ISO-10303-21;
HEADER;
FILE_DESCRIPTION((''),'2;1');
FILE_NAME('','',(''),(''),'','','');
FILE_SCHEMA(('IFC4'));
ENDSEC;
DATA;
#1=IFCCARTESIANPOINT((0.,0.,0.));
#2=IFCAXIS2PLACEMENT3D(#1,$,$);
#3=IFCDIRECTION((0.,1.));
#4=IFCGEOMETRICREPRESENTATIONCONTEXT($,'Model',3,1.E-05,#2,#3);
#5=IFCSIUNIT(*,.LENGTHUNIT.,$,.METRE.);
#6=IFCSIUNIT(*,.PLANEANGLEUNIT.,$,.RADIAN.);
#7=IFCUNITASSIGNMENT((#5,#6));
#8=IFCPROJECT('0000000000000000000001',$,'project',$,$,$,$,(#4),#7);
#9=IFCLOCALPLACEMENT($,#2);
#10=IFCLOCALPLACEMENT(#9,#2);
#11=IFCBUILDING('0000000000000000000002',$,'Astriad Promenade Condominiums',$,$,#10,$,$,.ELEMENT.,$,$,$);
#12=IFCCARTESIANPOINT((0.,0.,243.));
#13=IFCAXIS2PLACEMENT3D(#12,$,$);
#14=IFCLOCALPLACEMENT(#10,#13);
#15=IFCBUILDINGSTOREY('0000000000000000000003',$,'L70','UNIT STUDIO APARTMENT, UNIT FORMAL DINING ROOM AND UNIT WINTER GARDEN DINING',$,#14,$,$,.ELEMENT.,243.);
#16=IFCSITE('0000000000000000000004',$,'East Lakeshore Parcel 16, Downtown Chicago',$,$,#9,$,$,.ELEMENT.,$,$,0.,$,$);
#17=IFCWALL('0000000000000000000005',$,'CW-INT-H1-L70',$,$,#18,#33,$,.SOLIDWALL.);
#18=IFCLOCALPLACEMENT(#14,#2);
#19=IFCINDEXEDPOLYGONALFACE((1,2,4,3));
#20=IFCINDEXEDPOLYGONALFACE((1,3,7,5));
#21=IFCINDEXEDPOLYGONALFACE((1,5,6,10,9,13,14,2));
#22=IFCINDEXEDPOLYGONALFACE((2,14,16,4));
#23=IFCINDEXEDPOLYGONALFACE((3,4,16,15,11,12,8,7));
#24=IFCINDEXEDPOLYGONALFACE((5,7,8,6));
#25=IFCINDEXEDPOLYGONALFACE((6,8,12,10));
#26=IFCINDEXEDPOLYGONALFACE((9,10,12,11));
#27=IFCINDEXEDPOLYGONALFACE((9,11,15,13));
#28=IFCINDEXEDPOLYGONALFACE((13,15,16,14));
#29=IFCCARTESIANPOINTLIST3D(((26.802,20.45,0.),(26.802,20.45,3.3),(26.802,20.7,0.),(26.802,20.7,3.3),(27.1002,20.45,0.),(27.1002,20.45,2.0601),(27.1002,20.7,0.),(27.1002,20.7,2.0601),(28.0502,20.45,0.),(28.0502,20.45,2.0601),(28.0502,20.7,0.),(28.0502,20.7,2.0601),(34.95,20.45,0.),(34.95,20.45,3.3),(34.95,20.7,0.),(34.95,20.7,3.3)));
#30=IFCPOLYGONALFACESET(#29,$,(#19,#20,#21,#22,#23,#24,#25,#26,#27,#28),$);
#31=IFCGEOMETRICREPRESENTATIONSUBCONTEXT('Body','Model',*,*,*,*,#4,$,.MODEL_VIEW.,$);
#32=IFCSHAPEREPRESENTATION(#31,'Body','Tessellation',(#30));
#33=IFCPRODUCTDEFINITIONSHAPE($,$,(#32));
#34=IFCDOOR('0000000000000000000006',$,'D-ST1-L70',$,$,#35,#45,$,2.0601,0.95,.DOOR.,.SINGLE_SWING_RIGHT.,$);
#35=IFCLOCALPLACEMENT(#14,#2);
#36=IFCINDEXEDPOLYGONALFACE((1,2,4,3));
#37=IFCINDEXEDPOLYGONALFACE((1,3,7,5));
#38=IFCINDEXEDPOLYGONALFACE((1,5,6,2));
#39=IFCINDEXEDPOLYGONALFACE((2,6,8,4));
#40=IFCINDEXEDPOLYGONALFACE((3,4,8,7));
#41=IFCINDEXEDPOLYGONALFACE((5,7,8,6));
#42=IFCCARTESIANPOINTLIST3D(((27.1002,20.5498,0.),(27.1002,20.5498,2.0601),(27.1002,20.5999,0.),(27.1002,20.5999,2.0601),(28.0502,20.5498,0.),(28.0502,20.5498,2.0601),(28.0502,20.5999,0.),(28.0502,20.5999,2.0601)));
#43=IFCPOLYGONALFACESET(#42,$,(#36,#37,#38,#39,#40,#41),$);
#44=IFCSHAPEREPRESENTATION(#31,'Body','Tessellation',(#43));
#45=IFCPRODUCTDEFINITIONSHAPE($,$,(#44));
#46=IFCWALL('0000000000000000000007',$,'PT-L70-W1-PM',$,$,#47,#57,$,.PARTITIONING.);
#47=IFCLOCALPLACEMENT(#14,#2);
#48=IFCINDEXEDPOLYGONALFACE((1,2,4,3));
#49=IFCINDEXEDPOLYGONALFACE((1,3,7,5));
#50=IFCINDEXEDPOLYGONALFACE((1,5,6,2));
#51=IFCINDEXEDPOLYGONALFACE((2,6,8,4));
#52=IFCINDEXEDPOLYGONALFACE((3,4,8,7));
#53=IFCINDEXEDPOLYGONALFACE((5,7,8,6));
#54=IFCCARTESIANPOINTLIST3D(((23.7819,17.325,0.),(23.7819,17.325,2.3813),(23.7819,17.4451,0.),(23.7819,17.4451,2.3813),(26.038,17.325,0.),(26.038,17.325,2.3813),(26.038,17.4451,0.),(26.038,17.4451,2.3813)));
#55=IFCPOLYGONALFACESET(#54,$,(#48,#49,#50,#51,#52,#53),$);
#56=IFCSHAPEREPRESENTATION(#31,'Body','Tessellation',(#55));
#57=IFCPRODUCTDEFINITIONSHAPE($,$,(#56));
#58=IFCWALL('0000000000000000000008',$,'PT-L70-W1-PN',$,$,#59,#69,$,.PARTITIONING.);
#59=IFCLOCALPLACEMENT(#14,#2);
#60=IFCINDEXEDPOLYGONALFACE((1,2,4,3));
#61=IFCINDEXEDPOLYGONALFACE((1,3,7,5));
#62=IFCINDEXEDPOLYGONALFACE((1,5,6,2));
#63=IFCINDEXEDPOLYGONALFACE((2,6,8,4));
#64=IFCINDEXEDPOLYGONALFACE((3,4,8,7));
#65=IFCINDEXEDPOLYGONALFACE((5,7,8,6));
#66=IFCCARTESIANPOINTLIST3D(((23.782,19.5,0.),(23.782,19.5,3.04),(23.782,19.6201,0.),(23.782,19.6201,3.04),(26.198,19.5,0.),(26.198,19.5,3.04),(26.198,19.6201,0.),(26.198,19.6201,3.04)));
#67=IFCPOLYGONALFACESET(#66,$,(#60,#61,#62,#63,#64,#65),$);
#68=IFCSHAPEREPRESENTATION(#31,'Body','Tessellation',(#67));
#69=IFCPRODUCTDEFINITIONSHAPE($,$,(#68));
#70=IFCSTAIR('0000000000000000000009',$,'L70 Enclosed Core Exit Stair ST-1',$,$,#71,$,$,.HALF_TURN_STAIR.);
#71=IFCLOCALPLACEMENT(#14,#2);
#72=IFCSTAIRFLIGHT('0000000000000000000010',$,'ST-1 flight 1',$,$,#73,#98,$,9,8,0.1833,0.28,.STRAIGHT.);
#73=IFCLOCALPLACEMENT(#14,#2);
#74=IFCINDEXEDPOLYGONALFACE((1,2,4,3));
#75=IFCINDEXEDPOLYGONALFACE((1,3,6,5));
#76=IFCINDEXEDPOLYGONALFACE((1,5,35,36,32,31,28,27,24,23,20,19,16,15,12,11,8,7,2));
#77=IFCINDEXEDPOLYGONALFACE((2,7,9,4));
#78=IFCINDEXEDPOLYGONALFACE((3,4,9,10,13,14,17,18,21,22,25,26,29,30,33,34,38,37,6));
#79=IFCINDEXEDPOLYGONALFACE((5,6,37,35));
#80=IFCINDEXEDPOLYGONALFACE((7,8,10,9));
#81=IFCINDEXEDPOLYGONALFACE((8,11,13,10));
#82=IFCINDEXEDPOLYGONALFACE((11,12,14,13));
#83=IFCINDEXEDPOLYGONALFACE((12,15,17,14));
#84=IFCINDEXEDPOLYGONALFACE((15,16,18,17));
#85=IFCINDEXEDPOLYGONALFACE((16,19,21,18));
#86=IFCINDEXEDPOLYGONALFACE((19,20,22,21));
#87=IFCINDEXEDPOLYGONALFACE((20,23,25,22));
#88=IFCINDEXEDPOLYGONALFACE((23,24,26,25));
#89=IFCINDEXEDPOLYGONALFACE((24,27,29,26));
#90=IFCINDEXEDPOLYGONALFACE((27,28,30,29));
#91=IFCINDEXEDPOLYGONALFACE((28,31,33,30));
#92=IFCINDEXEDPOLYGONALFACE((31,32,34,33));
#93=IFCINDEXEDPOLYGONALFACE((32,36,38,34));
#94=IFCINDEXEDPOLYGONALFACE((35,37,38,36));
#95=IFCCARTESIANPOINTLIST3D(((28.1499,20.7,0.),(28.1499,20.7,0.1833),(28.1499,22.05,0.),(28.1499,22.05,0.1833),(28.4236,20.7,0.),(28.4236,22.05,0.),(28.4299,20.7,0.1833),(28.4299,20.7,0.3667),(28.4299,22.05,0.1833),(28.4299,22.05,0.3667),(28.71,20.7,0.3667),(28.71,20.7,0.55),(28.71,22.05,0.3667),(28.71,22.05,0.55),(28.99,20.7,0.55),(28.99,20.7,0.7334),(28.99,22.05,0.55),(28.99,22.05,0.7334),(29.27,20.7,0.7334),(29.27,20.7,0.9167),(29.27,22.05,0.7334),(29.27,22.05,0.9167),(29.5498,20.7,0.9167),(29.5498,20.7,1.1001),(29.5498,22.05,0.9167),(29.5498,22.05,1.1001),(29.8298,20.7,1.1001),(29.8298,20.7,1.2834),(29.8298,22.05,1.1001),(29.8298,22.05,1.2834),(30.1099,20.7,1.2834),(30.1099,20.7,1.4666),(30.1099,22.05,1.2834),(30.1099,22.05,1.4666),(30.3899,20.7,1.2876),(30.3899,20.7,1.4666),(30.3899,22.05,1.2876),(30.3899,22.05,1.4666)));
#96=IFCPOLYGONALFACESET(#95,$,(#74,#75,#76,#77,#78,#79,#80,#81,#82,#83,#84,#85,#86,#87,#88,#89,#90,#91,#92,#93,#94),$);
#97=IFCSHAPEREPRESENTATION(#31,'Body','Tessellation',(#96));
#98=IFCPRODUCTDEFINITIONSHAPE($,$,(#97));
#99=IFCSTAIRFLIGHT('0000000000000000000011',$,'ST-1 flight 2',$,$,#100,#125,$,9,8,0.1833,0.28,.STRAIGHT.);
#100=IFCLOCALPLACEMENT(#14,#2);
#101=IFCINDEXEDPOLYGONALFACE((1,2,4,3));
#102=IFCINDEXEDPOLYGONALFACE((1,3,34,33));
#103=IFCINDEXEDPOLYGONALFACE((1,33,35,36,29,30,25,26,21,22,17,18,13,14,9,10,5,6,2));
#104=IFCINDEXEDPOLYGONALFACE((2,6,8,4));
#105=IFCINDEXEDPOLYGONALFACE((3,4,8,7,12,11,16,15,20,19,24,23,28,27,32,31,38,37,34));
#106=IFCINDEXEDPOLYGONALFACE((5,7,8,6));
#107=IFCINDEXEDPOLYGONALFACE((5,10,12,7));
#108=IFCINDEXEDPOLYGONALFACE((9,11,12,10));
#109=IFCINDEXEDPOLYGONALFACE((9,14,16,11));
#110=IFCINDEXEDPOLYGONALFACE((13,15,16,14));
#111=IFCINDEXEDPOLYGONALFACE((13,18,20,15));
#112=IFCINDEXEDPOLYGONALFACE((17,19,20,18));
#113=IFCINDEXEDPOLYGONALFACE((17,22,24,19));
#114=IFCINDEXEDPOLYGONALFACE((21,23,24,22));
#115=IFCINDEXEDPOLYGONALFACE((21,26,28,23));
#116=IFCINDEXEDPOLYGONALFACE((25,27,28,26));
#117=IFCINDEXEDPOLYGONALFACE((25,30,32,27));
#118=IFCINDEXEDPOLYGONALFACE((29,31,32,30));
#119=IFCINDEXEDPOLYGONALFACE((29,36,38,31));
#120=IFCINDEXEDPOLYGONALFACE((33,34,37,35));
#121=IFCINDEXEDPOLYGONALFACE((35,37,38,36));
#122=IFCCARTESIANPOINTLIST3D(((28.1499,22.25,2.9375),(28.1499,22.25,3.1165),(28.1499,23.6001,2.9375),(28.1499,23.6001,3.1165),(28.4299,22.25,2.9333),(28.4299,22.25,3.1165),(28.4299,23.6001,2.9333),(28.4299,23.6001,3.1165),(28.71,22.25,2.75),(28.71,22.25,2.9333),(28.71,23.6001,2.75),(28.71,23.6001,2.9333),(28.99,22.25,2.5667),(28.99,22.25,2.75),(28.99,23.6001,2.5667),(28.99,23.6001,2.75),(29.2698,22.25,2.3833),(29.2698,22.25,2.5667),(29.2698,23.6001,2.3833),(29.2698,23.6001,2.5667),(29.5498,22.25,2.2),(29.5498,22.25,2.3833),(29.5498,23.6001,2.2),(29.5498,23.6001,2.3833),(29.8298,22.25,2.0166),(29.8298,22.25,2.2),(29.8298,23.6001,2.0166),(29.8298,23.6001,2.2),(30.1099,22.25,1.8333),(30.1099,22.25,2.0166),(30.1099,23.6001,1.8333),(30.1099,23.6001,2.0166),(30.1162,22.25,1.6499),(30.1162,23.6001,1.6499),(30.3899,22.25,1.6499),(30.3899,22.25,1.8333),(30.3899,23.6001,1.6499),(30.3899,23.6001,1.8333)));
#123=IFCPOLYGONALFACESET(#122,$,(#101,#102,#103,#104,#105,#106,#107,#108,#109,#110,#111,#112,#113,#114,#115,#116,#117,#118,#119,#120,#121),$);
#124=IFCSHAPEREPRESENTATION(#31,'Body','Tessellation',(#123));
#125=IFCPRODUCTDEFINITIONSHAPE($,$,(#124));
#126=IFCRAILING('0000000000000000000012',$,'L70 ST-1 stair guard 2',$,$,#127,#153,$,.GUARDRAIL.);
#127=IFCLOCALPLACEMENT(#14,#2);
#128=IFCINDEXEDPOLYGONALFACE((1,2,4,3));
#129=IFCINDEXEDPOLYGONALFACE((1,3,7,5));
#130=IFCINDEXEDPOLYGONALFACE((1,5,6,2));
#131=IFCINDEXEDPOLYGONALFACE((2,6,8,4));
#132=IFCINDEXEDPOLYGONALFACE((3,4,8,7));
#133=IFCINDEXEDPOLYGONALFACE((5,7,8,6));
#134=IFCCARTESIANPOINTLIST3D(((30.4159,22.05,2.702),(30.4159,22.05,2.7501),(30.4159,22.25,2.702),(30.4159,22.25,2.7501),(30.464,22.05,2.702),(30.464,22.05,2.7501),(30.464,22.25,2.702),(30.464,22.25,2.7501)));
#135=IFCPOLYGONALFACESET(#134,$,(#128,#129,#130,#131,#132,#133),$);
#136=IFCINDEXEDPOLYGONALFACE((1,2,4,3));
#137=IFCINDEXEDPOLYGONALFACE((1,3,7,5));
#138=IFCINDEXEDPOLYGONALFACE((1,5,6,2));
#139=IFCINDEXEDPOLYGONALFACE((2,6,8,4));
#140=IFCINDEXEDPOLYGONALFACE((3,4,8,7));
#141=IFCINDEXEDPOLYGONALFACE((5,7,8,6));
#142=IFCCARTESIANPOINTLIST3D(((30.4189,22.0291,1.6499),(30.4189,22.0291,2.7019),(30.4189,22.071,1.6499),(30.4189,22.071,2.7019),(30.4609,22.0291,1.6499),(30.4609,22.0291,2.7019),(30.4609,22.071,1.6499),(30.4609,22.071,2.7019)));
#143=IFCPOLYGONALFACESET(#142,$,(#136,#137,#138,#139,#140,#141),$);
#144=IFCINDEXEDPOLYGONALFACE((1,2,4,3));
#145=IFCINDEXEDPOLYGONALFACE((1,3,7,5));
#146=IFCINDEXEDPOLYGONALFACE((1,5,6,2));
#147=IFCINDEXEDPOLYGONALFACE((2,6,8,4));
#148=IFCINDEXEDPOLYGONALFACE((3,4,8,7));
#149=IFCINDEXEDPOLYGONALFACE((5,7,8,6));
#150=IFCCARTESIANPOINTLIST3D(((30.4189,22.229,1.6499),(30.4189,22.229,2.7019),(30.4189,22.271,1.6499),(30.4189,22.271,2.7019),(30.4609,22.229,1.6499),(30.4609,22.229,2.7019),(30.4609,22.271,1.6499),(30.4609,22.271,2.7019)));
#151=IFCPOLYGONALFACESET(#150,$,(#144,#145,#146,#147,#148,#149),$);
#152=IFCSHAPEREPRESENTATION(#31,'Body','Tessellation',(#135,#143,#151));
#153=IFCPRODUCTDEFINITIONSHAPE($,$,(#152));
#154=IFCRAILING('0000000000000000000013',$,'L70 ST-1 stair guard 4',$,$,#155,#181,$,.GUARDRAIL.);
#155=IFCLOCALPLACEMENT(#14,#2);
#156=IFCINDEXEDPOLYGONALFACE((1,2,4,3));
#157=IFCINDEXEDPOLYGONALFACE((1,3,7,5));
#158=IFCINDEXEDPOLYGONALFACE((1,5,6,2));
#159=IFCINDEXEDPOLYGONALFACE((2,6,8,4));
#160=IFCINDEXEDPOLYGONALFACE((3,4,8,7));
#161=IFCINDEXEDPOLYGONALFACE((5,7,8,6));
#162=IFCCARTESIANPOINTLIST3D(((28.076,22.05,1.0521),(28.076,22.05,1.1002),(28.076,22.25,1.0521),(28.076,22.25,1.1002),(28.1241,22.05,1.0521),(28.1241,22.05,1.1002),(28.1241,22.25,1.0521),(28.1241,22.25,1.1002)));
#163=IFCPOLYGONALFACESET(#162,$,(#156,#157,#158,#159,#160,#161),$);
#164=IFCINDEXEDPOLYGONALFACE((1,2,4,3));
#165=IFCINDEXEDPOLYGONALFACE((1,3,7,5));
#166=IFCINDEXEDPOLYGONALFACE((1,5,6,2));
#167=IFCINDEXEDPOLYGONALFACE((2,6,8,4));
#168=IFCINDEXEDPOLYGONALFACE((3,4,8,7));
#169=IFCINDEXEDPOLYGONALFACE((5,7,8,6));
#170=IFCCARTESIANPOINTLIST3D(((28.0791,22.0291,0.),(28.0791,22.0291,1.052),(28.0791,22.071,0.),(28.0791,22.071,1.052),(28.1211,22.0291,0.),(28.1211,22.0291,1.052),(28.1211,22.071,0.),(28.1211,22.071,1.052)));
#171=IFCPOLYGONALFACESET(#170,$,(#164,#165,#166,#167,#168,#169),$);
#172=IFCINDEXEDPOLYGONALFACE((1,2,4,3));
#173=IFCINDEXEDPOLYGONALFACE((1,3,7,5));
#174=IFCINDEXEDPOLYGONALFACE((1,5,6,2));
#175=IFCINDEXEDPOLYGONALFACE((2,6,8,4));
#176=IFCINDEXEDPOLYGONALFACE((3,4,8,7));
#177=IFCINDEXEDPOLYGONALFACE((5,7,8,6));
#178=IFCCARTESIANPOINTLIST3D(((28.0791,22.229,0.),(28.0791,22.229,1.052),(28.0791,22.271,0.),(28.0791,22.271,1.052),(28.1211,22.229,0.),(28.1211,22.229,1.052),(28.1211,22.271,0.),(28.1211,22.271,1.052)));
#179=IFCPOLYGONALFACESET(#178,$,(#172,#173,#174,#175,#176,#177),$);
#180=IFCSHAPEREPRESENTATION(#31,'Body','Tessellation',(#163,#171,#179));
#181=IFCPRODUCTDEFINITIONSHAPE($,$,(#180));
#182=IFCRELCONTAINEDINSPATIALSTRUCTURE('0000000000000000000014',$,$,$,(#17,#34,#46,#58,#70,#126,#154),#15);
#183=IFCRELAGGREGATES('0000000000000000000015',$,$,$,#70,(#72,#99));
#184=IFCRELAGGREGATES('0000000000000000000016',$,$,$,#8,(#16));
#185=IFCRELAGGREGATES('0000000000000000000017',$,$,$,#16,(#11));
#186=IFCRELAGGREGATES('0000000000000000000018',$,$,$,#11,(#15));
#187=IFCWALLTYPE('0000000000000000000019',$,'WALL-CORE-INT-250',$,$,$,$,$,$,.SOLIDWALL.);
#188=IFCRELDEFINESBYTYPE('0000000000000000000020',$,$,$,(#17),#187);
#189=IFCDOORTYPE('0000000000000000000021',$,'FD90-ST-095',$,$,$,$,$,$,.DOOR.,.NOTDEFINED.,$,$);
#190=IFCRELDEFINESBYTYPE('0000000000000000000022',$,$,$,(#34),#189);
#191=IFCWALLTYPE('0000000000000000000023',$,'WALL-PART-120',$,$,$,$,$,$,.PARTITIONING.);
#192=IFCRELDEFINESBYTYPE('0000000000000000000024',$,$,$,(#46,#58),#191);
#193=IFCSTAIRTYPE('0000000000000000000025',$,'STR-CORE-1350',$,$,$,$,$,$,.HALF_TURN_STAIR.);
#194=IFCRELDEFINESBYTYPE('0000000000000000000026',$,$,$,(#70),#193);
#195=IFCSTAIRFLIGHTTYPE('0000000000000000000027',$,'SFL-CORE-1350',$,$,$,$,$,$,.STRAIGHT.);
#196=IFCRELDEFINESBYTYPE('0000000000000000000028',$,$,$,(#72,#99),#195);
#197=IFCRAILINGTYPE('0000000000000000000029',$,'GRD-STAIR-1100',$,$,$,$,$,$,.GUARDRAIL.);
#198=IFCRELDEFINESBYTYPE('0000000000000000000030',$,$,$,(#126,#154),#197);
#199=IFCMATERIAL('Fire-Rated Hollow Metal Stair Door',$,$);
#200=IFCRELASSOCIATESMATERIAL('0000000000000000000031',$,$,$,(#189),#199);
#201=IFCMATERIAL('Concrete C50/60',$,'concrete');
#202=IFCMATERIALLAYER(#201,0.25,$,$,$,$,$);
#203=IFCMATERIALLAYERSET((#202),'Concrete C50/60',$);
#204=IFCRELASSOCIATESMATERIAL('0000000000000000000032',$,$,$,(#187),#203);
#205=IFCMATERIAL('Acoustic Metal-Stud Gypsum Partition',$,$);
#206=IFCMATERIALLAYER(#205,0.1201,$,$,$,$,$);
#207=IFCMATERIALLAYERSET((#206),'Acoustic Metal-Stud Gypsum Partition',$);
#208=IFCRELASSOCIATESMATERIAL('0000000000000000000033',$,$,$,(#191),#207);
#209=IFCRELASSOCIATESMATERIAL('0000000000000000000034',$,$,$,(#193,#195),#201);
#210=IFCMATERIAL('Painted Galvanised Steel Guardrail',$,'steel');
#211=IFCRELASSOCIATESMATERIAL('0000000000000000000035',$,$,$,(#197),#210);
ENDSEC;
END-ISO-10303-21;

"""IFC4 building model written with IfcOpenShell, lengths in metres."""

from ifc_helpers import new_model, si_unit, direction, frame, frame_2d, origin, origin_2d, place, context, subcontext, project, spatial, polyline, rectangle, outline, extrude, source, transform, mapped, material, layer, layer_set, type_object, type_shapes, element, fill, aggregate, save


model = new_model("IFC4")

# Units and contexts
model_context = context("Model", 3, precision=1e-05, world=origin(), true_north=direction((0.0, 1.0)))
body_context = subcontext(model_context, "Body", "Model", "MODEL_VIEW")
ifc_project = project(units=[si_unit("LENGTHUNIT", "METRE"), si_unit("PLANEANGLEUNIT", "RADIAN")], contexts=[model_context])

# Site, building, storey
site_placement = place(None, origin())
site = spatial("IfcSite", under=ifc_project, at=site_placement, Name="East Lakeshore Parcel 16, Downtown Chicago", CompositionType="ELEMENT", RefElevation=0.0)
building_placement = place(site_placement, origin())
building = spatial("IfcBuilding", under=site, at=building_placement, Name="Astriad Promenade Condominiums", CompositionType="ELEMENT")
storey_placement = place(building_placement, frame((0.0, 0.0, 243.0)))
storey = spatial("IfcBuildingStorey", under=building, at=storey_placement, Name="L70", Description="UNIT STUDIO APARTMENT, UNIT FORMAL DINING ROOM AND UNIT WINTER GARDEN DINING", CompositionType="ELEMENT", Elevation=243.0)

# Shared definitions
ifc_material_1 = material(Name="Concrete C50/60", Category="concrete")
ifc_material_2 = material(Name="Fire-Rated Hollow Metal Stair Door")
door_type_1 = type_object("IfcDoorType", Name="FD90-ST-095", OperationType="NOTDEFINED", PredefinedType="DOOR", material=ifc_material_2)
shared_shape_1 = source(origin(), body_context, "Body", "SweptSolid", [
    extrude(rectangle(XDim=0.95, YDim=2.0601, at=frame_2d((0.4751, 1.03))), frame((0.0, 0.0249, 0.0), z_axis=(0.0, -1.0, 0.0), x_axis=(1.0, 0.0, 0.0)), (0.0, 0.0, 1.0), 0.05),
])
type_shapes(door_type_1, [shared_shape_1])

# Wall, opening, door
ifc_layer_1 = layer(ifc_material_1, 0.25)
ifc_layer_set_1 = layer_set([ifc_layer_1], Name="Concrete C50/60")
wall_type_1 = type_object("IfcWallType", Name="WALL-CORE-INT-250", PredefinedType="SOLIDWALL", material=ifc_layer_set_1)
wall_1_placement = place(storey_placement, frame((26.802, 20.575, 0.0), z_axis=(0.0, 0.0, 1.0), x_axis=(1.0, 0.0, 0.0)))
wall_1 = element("IfcWall", 1, at=wall_1_placement, inside=storey, type_object=wall_type_1, Name="CW-INT-H1-L70", PredefinedType="SOLIDWALL", context=body_context, shape_type="SweptSolid", body=[
    extrude(rectangle(XDim=8.1479, YDim=0.25, at=frame_2d((4.074, 0.0))), origin(), (0.0, 0.0, 1.0), 3.3),
])
opening_1_placement = place(wall_1_placement, frame((0.2981, 0.0, 0.0)))
opening_1 = element("IfcOpeningElement", 2, at=opening_1_placement, cuts=wall_1, PredefinedType="OPENING", context=body_context, shape_type="SweptSolid", body=[
    extrude(rectangle(XDim=0.95, YDim=2.0601, at=frame_2d((0.4751, 1.03))), frame((0.0, 0.135, 0.0), z_axis=(0.0, -1.0, 0.0), x_axis=(1.0, 0.0, 0.0)), (0.0, 0.0, 1.0), 0.27),
])
door_1_placement = place(opening_1_placement, origin())
door_1 = element("IfcDoor", 3, at=door_1_placement, inside=storey, type_object=door_type_1, Name="D-ST1-L70", OperationType="SINGLE_SWING_RIGHT", OverallHeight=2.0601, OverallWidth=0.95, PredefinedType="DOOR", context=body_context, shape_type="MappedRepresentation", body=[
    mapped(shared_shape_1, transform((0.0, 0.0, 0.0), scale=1.0)),
])
fill(opening_1, door_1)

# Walls
ifc_material_3 = material(Name="Acoustic Metal-Stud Gypsum Partition")
ifc_layer_2 = layer(ifc_material_3, 0.1201)
ifc_layer_set_2 = layer_set([ifc_layer_2], Name="Acoustic Metal-Stud Gypsum Partition")
wall_type_2 = type_object("IfcWallType", Name="WALL-PART-120", PredefinedType="PARTITIONING", material=ifc_layer_set_2)
wall_2_placement = place(storey_placement, frame((23.782, 17.385, 0.0), z_axis=(0.0, 0.0, 1.0), x_axis=(1.0, 0.0, 0.0)))
element("IfcWall", 4, at=wall_2_placement, inside=storey, type_object=wall_type_2, Name="PT-L70-W1-PM", PredefinedType="PARTITIONING", context=body_context, shape_type="SweptSolid", body=[
    extrude(rectangle(XDim=2.2561, YDim=0.1201, at=frame_2d((1.1279, 0.0))), origin(), (0.0, 0.0, 1.0), 2.3813),
])
wall_3_placement = place(storey_placement, frame((23.782, 19.5601, 0.0), z_axis=(0.0, 0.0, 1.0), x_axis=(1.0, 0.0, 0.0)))
element("IfcWall", 5, at=wall_3_placement, inside=storey, type_object=wall_type_2, Name="PT-L70-W1-PN", PredefinedType="PARTITIONING", context=body_context, shape_type="SweptSolid", body=[
    extrude(rectangle(XDim=2.416, YDim=0.1201, at=frame_2d((1.208, 0.0))), origin(), (0.0, 0.0, 1.0), 3.04),
])

# Stair, stair flights
stair_type = type_object("IfcStairType", Name="STR-CORE-1350", PredefinedType="HALF_TURN_STAIR", material=ifc_material_1)
stair_placement = place(storey_placement, origin())
stair = element("IfcStair", 6, at=stair_placement, inside=storey, type_object=stair_type, Name="L70 Enclosed Core Exit Stair ST-1", PredefinedType="HALF_TURN_STAIR")
stair_flight_type = type_object("IfcStairFlightType", Name="SFL-CORE-1350", PredefinedType="STRAIGHT", material=ifc_material_1)
shared_shape_2 = source(origin(), body_context, "Body", "SweptSolid", [
    extrude(outline(polyline([(0.0, 0.0), (0.0, 0.1833), (0.28, 0.1833), (0.28, 0.3667), (0.5601, 0.3667), (0.5601, 0.55), (0.8401, 0.55), (0.8401, 0.7334), (1.1201, 0.7334), (1.1201, 0.9167), (1.3999, 0.9167), (1.3999, 1.1001), (1.6799, 1.1001), (1.6799, 1.2834), (1.96, 1.2834), (1.96, 1.4666), (2.24, 1.4666), (2.24, 1.6499), (2.24, 1.2876), (0.2737, 0.0), (0.0, 0.0)])), frame((0.0, 0.675, 0.0), z_axis=(0.0, -1.0, 0.0), x_axis=(1.0, 0.0, 0.0)), (0.0, 0.0, 1.0), 1.3501),
])
type_shapes(stair_flight_type, [shared_shape_2])
stair_flight_1_placement = place(storey_placement, frame((28.1499, 21.375, 0.0), z_axis=(0.0, 0.0, 1.0), x_axis=(1.0, 0.0, 0.0)))
stair_flight_1 = element("IfcStairFlight", 7, at=stair_flight_1_placement, type_object=stair_flight_type, Name="ST-1 flight 1", NumberOfRisers=9, NumberOfTreads=8, PredefinedType="STRAIGHT", RiserHeight=0.1833, TreadLength=0.28, context=body_context, shape_type="MappedRepresentation", body=[
    mapped(shared_shape_2, transform((0.0, 0.0, 0.0), scale=1.0)),
])
stair_flight_2_placement = place(storey_placement, frame((30.3899, 22.925, 1.6499), z_axis=(0.0, 0.0, 1.0), x_axis=(-1.0, 0.0, 0.0)))
stair_flight_2 = element("IfcStairFlight", 8, at=stair_flight_2_placement, type_object=stair_flight_type, Name="ST-1 flight 2", NumberOfRisers=9, NumberOfTreads=8, PredefinedType="STRAIGHT", RiserHeight=0.1833, TreadLength=0.28, context=body_context, shape_type="MappedRepresentation", body=[
    mapped(shared_shape_2, transform((0.0, 0.0, 0.0), scale=1.0)),
])
aggregate(stair, [stair_flight_1, stair_flight_2])

# Railings
ifc_material_4 = material(Name="Painted Galvanised Steel Guardrail", Category="steel")
railing_type_1 = type_object("IfcRailingType", Name="GRD-STAIR-1100", PredefinedType="GUARDRAIL", material=ifc_material_4)
shared_shape_3 = source(origin(), body_context, "Body", "SweptSolid", [
    extrude(rectangle(XDim=0.0481, YDim=0.0481, at=origin_2d()), frame((0.0, 0.0, 1.0762), z_axis=(0.0, 1.0, 0.0), x_axis=(-1.0, 0.0, 0.0)), (0.0, 0.0, 1.0), 0.2),
    extrude(rectangle(XDim=0.042, YDim=0.042, at=origin_2d()), origin(), (0.0, 0.0, 1.0), 1.052),
    extrude(rectangle(XDim=0.042, YDim=0.042, at=origin_2d()), frame((0.0, 0.2, 0.0)), (0.0, 0.0, 1.0), 1.052),
])
for number, where, name in (
    (9, (30.4399, 22.05, 1.6499), "L70 ST-1 stair guard 2"),
    (10, (28.1001, 22.05, 0.0), "L70 ST-1 stair guard 4"),
):
    element("IfcRailing", number, at=place(storey_placement, frame(where)), inside=storey, type_object=railing_type_1, Name=name, PredefinedType="GUARDRAIL", context=body_context, shape_type="MappedRepresentation", body=[
        mapped(shared_shape_3, transform((0.0, 0.0, 0.0), scale=1.0)),
    ])

save(model, "model.ifc")
